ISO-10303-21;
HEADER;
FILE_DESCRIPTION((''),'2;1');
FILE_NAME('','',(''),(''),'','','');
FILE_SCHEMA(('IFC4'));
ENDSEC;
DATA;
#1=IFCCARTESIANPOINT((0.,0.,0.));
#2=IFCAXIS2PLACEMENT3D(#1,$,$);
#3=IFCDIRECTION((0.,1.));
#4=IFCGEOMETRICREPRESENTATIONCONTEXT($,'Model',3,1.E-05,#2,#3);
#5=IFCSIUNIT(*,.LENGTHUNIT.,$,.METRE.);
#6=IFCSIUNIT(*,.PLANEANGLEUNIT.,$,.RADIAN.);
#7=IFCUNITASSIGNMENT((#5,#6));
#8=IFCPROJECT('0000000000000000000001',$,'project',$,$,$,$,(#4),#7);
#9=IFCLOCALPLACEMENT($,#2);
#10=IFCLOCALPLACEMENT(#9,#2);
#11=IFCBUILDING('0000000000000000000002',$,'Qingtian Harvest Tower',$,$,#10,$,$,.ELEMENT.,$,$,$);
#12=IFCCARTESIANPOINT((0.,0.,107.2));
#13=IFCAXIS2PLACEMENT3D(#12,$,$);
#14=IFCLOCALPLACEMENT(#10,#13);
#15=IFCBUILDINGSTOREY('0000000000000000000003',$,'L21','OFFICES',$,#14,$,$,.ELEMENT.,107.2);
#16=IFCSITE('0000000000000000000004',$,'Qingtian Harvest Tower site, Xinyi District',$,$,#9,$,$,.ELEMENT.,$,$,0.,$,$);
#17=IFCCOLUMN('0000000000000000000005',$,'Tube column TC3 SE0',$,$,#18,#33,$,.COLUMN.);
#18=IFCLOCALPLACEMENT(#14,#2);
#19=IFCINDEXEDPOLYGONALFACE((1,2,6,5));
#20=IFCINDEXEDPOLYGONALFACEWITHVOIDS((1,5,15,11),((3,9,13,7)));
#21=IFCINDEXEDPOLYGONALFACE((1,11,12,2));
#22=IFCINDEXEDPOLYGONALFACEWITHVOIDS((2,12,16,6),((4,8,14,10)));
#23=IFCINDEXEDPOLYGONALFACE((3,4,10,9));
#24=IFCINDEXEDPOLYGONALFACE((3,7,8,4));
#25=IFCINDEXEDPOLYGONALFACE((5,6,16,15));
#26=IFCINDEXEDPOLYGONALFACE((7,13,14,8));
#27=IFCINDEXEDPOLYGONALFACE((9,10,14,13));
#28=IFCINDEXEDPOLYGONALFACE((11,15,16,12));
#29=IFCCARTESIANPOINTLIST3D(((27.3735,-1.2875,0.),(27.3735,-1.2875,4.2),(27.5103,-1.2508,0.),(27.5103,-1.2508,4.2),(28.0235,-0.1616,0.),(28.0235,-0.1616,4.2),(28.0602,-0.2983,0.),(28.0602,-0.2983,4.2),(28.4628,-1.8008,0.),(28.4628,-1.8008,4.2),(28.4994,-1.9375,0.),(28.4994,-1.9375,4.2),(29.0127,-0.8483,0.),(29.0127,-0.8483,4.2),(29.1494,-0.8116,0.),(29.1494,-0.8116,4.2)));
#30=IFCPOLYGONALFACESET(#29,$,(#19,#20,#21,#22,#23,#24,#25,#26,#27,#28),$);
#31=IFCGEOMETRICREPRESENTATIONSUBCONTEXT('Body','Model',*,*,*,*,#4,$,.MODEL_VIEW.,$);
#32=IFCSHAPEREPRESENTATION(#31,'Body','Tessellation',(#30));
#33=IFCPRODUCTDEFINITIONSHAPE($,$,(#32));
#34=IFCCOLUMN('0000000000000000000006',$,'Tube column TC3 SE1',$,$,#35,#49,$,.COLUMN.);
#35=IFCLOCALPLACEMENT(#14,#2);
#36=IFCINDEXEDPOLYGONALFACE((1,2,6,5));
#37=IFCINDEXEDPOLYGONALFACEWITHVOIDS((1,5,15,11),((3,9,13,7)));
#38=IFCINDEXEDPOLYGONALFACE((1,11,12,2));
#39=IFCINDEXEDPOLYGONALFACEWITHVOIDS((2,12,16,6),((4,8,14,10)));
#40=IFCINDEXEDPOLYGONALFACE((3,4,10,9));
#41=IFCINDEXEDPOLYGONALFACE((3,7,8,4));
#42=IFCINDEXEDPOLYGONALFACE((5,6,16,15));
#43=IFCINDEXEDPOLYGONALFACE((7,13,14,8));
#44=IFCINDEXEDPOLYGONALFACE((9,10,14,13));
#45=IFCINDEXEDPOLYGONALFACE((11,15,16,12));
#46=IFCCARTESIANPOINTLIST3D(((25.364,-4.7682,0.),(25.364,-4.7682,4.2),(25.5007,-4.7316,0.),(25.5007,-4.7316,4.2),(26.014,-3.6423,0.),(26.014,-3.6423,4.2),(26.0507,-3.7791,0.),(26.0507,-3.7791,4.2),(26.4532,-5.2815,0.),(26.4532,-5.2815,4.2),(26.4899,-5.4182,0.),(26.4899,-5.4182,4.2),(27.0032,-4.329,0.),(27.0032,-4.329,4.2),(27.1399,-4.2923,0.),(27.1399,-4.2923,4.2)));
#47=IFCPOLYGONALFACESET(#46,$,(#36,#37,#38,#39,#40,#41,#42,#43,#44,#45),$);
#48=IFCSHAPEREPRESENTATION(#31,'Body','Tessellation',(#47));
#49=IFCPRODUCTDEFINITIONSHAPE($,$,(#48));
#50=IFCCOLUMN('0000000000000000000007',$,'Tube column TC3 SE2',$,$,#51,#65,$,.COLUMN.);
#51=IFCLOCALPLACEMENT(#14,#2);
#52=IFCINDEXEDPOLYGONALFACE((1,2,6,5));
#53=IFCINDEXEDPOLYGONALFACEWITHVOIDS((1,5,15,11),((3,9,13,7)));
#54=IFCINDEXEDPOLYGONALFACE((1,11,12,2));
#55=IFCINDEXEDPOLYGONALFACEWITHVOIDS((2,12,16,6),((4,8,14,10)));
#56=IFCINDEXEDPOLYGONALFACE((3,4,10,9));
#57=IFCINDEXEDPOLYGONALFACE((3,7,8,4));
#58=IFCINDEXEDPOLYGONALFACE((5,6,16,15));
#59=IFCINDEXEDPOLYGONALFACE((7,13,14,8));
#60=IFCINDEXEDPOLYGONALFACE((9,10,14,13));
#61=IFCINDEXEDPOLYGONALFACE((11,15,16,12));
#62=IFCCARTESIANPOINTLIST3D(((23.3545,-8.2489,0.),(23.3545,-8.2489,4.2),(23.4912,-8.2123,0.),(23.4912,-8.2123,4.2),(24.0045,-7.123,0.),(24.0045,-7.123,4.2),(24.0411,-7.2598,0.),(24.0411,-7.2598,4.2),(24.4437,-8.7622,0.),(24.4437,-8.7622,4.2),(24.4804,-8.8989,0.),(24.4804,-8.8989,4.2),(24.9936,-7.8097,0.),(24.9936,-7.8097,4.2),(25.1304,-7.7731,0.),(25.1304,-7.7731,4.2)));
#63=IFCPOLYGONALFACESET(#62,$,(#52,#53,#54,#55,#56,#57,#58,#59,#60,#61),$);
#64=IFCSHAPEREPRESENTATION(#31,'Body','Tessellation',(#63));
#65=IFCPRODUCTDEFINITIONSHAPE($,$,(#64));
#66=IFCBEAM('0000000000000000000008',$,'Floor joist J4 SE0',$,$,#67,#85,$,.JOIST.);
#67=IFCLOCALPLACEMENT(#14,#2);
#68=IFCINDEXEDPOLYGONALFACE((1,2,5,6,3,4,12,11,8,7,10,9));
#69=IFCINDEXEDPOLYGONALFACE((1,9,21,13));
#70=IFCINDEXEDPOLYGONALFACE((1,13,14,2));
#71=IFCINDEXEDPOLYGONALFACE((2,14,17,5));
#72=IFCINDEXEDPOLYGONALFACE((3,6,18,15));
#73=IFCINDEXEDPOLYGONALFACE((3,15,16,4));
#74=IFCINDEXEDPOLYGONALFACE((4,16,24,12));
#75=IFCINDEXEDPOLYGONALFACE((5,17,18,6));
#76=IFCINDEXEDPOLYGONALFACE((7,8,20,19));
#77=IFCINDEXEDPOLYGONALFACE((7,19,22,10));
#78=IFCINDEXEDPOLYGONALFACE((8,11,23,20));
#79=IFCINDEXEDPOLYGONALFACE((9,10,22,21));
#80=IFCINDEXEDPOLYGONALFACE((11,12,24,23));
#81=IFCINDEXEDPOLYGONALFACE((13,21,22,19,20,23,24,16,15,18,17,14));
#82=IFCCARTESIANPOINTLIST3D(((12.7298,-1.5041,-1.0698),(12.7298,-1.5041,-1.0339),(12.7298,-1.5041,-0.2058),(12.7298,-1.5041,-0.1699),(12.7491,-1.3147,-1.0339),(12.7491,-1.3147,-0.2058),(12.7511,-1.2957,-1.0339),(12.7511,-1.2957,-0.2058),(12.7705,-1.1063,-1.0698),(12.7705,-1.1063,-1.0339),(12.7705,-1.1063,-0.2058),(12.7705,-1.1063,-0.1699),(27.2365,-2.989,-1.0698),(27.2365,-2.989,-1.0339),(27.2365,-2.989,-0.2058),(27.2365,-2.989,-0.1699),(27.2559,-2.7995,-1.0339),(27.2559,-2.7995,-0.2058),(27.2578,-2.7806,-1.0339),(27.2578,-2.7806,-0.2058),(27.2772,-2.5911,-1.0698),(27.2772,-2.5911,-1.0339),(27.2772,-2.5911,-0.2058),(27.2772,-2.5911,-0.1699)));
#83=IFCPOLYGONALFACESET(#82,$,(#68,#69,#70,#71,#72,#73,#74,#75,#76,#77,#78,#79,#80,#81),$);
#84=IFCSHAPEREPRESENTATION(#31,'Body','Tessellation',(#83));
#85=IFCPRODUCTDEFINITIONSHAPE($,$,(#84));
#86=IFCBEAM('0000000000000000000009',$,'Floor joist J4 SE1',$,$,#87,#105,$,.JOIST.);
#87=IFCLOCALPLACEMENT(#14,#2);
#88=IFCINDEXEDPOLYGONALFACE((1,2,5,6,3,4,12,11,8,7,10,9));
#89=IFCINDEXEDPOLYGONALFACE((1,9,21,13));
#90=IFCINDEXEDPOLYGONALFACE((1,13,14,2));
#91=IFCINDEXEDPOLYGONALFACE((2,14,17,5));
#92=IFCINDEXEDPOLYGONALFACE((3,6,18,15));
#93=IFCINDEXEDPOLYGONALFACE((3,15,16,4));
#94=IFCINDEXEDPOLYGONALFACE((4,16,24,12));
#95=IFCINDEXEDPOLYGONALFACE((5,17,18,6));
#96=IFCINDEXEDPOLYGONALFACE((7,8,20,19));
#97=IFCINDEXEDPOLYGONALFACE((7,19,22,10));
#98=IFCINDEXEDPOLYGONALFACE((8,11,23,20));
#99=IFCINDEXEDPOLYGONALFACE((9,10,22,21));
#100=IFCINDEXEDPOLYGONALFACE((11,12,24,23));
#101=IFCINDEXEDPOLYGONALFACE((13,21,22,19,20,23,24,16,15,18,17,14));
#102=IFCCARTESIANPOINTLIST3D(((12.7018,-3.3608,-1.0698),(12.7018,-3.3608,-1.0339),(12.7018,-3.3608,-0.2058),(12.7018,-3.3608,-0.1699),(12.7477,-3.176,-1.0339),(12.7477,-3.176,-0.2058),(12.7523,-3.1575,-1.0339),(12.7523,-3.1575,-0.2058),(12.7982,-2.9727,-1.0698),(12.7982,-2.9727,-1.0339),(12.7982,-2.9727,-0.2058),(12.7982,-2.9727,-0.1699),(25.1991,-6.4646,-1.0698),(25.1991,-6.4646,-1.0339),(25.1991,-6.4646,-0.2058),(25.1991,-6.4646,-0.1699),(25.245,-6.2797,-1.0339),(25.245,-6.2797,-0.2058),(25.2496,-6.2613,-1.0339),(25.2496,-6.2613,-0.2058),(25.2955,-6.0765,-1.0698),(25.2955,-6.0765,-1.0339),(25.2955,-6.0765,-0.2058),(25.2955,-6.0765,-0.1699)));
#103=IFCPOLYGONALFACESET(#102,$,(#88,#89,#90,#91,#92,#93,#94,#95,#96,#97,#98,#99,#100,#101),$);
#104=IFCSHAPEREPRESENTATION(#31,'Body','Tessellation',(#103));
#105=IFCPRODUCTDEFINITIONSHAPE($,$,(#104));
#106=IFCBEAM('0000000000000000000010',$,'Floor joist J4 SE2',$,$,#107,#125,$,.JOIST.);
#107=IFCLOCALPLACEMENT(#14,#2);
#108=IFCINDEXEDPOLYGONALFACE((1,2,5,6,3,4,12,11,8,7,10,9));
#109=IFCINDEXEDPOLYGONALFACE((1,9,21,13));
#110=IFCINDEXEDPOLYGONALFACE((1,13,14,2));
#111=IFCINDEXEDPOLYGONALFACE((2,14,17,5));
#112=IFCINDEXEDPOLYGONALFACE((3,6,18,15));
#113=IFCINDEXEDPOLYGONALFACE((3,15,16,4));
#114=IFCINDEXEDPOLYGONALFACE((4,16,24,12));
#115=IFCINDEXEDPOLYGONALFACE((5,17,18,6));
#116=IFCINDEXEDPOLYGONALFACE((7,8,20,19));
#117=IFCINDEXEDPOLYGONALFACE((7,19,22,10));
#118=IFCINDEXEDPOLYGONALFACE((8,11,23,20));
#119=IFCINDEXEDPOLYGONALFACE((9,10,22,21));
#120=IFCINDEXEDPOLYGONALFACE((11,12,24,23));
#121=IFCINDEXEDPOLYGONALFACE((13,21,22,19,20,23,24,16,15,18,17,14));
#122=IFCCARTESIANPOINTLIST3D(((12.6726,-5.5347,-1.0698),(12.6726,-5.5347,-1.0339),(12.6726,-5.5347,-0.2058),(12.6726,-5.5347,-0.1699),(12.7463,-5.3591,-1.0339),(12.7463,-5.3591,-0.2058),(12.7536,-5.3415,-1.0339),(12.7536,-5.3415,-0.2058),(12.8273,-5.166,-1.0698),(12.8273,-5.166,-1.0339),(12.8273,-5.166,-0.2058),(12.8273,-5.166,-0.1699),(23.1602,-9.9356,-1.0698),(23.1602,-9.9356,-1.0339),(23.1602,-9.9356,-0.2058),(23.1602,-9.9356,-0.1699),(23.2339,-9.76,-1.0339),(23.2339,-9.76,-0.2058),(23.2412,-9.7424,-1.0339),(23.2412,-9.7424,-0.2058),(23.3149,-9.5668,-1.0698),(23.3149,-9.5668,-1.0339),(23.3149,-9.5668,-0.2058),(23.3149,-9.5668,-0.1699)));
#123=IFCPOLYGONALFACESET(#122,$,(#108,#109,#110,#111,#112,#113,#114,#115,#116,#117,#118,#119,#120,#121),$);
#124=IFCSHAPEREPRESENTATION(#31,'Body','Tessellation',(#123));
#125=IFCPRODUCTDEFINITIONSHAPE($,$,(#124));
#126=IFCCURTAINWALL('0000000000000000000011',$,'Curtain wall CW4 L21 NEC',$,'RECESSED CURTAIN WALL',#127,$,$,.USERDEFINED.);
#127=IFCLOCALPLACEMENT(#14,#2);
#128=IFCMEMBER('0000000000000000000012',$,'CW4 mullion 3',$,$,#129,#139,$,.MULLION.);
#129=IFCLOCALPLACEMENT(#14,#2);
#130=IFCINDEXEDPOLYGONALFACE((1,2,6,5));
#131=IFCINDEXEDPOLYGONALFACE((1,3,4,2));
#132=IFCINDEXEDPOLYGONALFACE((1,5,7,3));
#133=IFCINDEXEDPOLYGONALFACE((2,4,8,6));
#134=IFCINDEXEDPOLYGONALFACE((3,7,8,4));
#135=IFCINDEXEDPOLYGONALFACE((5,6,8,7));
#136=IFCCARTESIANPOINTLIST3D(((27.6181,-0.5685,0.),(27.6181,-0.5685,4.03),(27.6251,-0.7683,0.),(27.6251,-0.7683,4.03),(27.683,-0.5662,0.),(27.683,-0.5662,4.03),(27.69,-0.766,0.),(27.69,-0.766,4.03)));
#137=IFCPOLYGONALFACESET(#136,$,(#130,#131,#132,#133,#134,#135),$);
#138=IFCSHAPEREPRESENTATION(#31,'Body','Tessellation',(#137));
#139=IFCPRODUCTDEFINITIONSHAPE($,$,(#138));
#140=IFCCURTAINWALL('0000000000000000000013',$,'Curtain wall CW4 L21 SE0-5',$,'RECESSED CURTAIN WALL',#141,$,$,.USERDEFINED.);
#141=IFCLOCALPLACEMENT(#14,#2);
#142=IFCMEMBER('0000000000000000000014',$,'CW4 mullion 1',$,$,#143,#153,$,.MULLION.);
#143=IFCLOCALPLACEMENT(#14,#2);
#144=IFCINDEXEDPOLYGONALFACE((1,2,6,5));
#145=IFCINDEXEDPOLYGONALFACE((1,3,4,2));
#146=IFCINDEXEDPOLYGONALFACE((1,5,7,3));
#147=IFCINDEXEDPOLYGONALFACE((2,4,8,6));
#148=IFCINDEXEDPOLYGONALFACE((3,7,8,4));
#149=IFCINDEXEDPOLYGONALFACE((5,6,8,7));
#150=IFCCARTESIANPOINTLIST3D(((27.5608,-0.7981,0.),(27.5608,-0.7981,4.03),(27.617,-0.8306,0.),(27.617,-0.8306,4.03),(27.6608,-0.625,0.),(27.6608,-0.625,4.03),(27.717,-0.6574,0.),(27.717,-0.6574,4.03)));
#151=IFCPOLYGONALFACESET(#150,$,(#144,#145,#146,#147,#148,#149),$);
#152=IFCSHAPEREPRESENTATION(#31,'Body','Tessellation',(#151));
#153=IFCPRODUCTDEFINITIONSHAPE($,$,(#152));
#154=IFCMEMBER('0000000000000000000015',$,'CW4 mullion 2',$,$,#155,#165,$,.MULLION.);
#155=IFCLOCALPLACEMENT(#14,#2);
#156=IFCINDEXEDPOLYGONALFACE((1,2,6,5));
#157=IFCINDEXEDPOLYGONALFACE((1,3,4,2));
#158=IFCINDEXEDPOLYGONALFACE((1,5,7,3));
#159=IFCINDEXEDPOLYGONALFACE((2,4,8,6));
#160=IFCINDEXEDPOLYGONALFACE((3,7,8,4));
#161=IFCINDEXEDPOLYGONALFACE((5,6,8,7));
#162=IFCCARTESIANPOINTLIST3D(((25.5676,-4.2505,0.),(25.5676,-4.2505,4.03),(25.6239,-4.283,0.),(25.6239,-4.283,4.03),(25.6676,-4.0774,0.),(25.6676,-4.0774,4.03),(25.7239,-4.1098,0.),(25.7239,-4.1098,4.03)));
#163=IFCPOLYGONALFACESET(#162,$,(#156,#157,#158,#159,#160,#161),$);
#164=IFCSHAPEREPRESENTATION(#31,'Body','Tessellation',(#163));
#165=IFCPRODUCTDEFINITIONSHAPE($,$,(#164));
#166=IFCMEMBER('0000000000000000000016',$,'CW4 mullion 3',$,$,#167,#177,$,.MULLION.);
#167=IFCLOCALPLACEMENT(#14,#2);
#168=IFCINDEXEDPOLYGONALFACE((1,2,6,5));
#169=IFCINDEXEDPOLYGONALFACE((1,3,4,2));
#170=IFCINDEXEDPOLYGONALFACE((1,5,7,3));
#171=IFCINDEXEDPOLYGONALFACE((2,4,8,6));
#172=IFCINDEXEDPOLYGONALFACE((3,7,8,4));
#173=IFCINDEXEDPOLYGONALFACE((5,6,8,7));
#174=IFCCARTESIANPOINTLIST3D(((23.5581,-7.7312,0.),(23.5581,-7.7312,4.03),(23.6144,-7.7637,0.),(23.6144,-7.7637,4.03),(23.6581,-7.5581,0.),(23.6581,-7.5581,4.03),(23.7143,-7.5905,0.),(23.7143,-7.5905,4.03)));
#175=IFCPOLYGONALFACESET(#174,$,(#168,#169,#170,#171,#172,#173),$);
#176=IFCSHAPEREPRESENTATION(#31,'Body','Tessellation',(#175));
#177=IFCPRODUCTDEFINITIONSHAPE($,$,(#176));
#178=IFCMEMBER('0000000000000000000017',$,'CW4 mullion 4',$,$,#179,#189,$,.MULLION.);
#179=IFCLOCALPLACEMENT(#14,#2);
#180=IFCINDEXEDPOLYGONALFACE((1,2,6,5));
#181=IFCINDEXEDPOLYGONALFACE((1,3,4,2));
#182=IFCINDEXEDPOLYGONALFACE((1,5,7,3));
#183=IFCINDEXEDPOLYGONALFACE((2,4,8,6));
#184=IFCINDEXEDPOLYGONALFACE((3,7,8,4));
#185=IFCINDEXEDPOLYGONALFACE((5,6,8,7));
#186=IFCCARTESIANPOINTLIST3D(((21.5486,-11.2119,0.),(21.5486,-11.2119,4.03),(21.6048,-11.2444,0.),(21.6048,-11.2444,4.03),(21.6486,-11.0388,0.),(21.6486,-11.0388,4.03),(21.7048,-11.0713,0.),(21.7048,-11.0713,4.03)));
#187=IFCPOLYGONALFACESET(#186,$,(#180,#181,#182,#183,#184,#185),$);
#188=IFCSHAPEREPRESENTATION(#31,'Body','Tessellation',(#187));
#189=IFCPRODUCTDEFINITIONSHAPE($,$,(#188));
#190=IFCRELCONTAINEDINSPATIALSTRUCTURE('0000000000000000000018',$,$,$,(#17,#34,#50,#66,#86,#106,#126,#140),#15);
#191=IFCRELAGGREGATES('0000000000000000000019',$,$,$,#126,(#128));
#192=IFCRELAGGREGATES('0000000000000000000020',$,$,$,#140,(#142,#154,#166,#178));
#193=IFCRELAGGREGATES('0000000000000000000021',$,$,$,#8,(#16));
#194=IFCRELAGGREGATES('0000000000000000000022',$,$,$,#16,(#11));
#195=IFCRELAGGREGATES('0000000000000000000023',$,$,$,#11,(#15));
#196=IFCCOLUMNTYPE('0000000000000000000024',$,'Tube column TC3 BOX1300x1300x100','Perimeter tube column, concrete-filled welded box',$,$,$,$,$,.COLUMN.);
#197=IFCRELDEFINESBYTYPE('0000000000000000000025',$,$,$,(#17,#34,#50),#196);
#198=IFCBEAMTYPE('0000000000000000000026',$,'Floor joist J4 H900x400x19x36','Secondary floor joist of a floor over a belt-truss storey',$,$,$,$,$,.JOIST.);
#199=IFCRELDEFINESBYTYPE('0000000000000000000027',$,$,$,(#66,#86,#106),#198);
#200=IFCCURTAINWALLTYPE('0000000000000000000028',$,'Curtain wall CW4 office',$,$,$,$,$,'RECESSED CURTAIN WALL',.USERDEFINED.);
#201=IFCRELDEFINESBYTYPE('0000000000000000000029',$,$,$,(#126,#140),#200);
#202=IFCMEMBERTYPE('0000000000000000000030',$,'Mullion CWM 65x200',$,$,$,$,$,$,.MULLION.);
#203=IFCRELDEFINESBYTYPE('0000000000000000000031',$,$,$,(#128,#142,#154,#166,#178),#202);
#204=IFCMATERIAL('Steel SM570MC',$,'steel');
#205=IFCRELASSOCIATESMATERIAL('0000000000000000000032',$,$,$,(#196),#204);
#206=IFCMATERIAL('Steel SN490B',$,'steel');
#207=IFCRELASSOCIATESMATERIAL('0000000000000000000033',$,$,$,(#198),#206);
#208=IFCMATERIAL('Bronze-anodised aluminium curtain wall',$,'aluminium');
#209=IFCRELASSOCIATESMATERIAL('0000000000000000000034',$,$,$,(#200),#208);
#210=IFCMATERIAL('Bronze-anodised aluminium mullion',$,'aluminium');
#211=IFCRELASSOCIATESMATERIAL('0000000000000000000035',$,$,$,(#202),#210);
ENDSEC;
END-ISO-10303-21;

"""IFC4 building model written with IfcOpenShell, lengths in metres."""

from ifc_helpers import new_model, si_unit, direction, frame, origin, origin_2d, place, context, subcontext, project, spatial, rectangle, hollow_rectangle, i_section, extrude, material, material_profile, profile_set, type_object, element, aggregate, save


model = new_model("IFC4")

# Units and contexts
model_context = context("Model", 3, precision=1e-05, world=origin(), true_north=direction((0.0, 1.0)))
body_context = subcontext(model_context, "Body", "Model", "MODEL_VIEW")
ifc_project = project(units=[si_unit("LENGTHUNIT", "METRE"), si_unit("PLANEANGLEUNIT", "RADIAN")], contexts=[model_context])

# Site, building, storey
site_placement = place(None, origin())
site = spatial("IfcSite", under=ifc_project, at=site_placement, Name="Qingtian Harvest Tower site, Xinyi District", CompositionType="ELEMENT", RefElevation=0.0)
building_placement = place(site_placement, origin())
building = spatial("IfcBuilding", under=site, at=building_placement, Name="Qingtian Harvest Tower", CompositionType="ELEMENT")
storey_placement = place(building_placement, frame((0.0, 0.0, 107.2)))
storey = spatial("IfcBuildingStorey", under=building, at=storey_placement, Name="L21", Description="OFFICES", CompositionType="ELEMENT", Elevation=107.2)

# Columns
ifc_material_1 = material(Name="Steel SM570MC", Category="steel")
ifc_material_profile_1 = material_profile(ifc_material_1, hollow_rectangle(XDim=1.3, YDim=1.3, WallThickness=0.1001, at=origin_2d()), Name="BOX1300x1300x100")
ifc_profile_set_1 = profile_set([ifc_material_profile_1], Name="Steel SM570MC")
column_type = type_object("IfcColumnType", Name="Tube column TC3 BOX1300x1300x100", Description="Perimeter tube column, concrete-filled welded box", PredefinedType="COLUMN", material=ifc_profile_set_1)
for number, where, z_axis, x_axis, name in (
    (1, (28.2615, -1.0496, 0.0), (0.0, 0.0, 1.0), (0.5, 0.866025, 0.0), "Tube column TC3 SE0"),
    (2, (26.252, -4.5303, 0.0), (0.0, 0.0, 1.0), (0.5, 0.866025, 0.0), "Tube column TC3 SE1"),
    (3, (24.2424, -8.011, 0.0), (0.0, 0.0, 1.0), (0.5, 0.866025, 0.0), "Tube column TC3 SE2"),
):
    element("IfcColumn", number, at=place(storey_placement, frame(where, z_axis=z_axis, x_axis=x_axis)), inside=storey, type_object=column_type, Name=name, PredefinedType="COLUMN", context=body_context, shape_type="SweptSolid", body=[
        extrude(hollow_rectangle(XDim=1.3, YDim=1.3, WallThickness=0.1001, at=origin_2d()), origin(), (0.0, 0.0, 1.0), 4.2),
    ])

# Beams
ifc_material_2 = material(Name="Steel SN490B", Category="steel")
ifc_material_profile_2 = material_profile(ifc_material_2, i_section(OverallWidth=0.3999, OverallDepth=0.8999, WebThickness=0.019, FlangeThickness=0.0359, at=origin_2d()), Name="H900x400x19x36")
ifc_profile_set_2 = profile_set([ifc_material_profile_2], Name="Steel SN490B")
beam_type_1 = type_object("IfcBeamType", Name="Floor joist J4 H900x400x19x36", Description="Secondary floor joist of a floor over a belt-truss storey", PredefinedType="JOIST", material=ifc_profile_set_2)
beam_1_placement = place(storey_placement, frame((27.2568, -2.79, -0.6199), z_axis=(-0.994802, 0.101824, 0.0), x_axis=(-0.101824, -0.994802, 0.0)))
element("IfcBeam", 4, at=beam_1_placement, inside=storey, type_object=beam_type_1, Name="Floor joist J4 SE0", PredefinedType="JOIST", context=body_context, shape_type="SweptSolid", body=[
    extrude(i_section(OverallWidth=0.3999, OverallDepth=0.8999, WebThickness=0.019, FlangeThickness=0.0359, at=origin_2d()), origin(), (0.0, 0.0, 1.0), 14.5825),
])
beam_2_placement = place(storey_placement, frame((25.2473, -6.2705, -0.6199), z_axis=(-0.970517, 0.241032, 0.0), x_axis=(-0.241032, -0.970517, 0.0)))
element("IfcBeam", 5, at=beam_2_placement, inside=storey, type_object=beam_type_1, Name="Floor joist J4 SE1", PredefinedType="JOIST", context=body_context, shape_type="SweptSolid", body=[
    extrude(i_section(OverallWidth=0.3999, OverallDepth=0.8999, WebThickness=0.019, FlangeThickness=0.0359, at=origin_2d()), origin(), (0.0, 0.0, 1.0), 12.877),
])
beam_3_placement = place(storey_placement, frame((23.2375, -9.7512, -0.6199), z_axis=(-0.922104, 0.386942, 0.0), x_axis=(-0.386942, -0.922104, 0.0)))
element("IfcBeam", 6, at=beam_3_placement, inside=storey, type_object=beam_type_1, Name="Floor joist J4 SE2", PredefinedType="JOIST", context=body_context, shape_type="SweptSolid", body=[
    extrude(i_section(OverallWidth=0.3999, OverallDepth=0.8999, WebThickness=0.019, FlangeThickness=0.0359, at=origin_2d()), origin(), (0.0, 0.0, 1.0), 11.3735),
])

# Curtain wall, member
ifc_material_3 = material(Name="Bronze-anodised aluminium curtain wall", Category="aluminium")
curtain_wall_type = type_object("IfcCurtainWallType", Name="Curtain wall CW4 office", ElementType="RECESSED CURTAIN WALL", PredefinedType="USERDEFINED", material=ifc_material_3)
curtain_wall_1_placement = place(storey_placement, origin())
curtain_wall_1 = element("IfcCurtainWall", 7, at=curtain_wall_1_placement, inside=storey, type_object=curtain_wall_type, Name="Curtain wall CW4 L21 NEC", ObjectType="RECESSED CURTAIN WALL", PredefinedType="USERDEFINED")
ifc_material_4 = material(Name="Bronze-anodised aluminium mullion", Category="aluminium")
ifc_material_profile_3 = material_profile(ifc_material_4, rectangle(XDim=0.0649, YDim=0.2, at=origin_2d()), Name="AL 65x200")
ifc_profile_set_3 = profile_set([ifc_material_profile_3], Name="Bronze-anodised aluminium mullion")
member_type_1 = type_object("IfcMemberType", Name="Mullion CWM 65x200", PredefinedType="MULLION", material=ifc_profile_set_3)
member_1_placement = place(storey_placement, frame((27.6541, -0.6672, 0.0), z_axis=(0.0, 0.0, 1.0), x_axis=(0.999391, 0.034899, 0.0)))
member_1 = element("IfcMember", 8, at=member_1_placement, type_object=member_type_1, Name="CW4 mullion 3", PredefinedType="MULLION", context=body_context, shape_type="SweptSolid", body=[
    extrude(rectangle(XDim=0.0649, YDim=0.2, at=origin_2d()), origin(), (0.0, 0.0, 1.0), 4.03),
])
aggregate(curtain_wall_1, [member_1])

# Curtain wall, members
curtain_wall_2_placement = place(storey_placement, origin())
curtain_wall_2 = element("IfcCurtainWall", 9, at=curtain_wall_2_placement, inside=storey, type_object=curtain_wall_type, Name="Curtain wall CW4 L21 SE0-5", ObjectType="RECESSED CURTAIN WALL", PredefinedType="USERDEFINED")
member_2_placement = place(storey_placement, frame((27.6389, -0.7278, 0.0), z_axis=(0.0, 0.0, 1.0), x_axis=(0.866025, -0.5, 0.0)))
member_2 = element("IfcMember", 10, at=member_2_placement, type_object=member_type_1, Name="CW4 mullion 1", PredefinedType="MULLION", context=body_context, shape_type="SweptSolid", body=[
    extrude(rectangle(XDim=0.0649, YDim=0.2, at=origin_2d()), origin(), (0.0, 0.0, 1.0), 4.03),
])
member_3_placement = place(storey_placement, frame((25.6458, -4.1802, 0.0), z_axis=(0.0, 0.0, 1.0), x_axis=(0.866025, -0.5, 0.0)))
member_3 = element("IfcMember", 11, at=member_3_placement, type_object=member_type_1, Name="CW4 mullion 2", PredefinedType="MULLION", context=body_context, shape_type="SweptSolid", body=[
    extrude(rectangle(XDim=0.0649, YDim=0.2, at=origin_2d()), origin(), (0.0, 0.0, 1.0), 4.03),
])
member_4_placement = place(storey_placement, frame((23.6362, -7.6609, 0.0), z_axis=(0.0, 0.0, 1.0), x_axis=(0.866025, -0.5, 0.0)))
member_4 = element("IfcMember", 12, at=member_4_placement, type_object=member_type_1, Name="CW4 mullion 3", PredefinedType="MULLION", context=body_context, shape_type="SweptSolid", body=[
    extrude(rectangle(XDim=0.0649, YDim=0.2, at=origin_2d()), origin(), (0.0, 0.0, 1.0), 4.03),
])
member_5_placement = place(storey_placement, frame((21.6267, -11.1416, 0.0), z_axis=(0.0, 0.0, 1.0), x_axis=(0.866025, -0.5, 0.0)))
member_5 = element("IfcMember", 13, at=member_5_placement, type_object=member_type_1, Name="CW4 mullion 4", PredefinedType="MULLION", context=body_context, shape_type="SweptSolid", body=[
    extrude(rectangle(XDim=0.0649, YDim=0.2, at=origin_2d()), origin(), (0.0, 0.0, 1.0), 4.03),
])

aggregate(curtain_wall_2, [member_2, member_3, member_4, member_5])

save(model, "model.ifc")
